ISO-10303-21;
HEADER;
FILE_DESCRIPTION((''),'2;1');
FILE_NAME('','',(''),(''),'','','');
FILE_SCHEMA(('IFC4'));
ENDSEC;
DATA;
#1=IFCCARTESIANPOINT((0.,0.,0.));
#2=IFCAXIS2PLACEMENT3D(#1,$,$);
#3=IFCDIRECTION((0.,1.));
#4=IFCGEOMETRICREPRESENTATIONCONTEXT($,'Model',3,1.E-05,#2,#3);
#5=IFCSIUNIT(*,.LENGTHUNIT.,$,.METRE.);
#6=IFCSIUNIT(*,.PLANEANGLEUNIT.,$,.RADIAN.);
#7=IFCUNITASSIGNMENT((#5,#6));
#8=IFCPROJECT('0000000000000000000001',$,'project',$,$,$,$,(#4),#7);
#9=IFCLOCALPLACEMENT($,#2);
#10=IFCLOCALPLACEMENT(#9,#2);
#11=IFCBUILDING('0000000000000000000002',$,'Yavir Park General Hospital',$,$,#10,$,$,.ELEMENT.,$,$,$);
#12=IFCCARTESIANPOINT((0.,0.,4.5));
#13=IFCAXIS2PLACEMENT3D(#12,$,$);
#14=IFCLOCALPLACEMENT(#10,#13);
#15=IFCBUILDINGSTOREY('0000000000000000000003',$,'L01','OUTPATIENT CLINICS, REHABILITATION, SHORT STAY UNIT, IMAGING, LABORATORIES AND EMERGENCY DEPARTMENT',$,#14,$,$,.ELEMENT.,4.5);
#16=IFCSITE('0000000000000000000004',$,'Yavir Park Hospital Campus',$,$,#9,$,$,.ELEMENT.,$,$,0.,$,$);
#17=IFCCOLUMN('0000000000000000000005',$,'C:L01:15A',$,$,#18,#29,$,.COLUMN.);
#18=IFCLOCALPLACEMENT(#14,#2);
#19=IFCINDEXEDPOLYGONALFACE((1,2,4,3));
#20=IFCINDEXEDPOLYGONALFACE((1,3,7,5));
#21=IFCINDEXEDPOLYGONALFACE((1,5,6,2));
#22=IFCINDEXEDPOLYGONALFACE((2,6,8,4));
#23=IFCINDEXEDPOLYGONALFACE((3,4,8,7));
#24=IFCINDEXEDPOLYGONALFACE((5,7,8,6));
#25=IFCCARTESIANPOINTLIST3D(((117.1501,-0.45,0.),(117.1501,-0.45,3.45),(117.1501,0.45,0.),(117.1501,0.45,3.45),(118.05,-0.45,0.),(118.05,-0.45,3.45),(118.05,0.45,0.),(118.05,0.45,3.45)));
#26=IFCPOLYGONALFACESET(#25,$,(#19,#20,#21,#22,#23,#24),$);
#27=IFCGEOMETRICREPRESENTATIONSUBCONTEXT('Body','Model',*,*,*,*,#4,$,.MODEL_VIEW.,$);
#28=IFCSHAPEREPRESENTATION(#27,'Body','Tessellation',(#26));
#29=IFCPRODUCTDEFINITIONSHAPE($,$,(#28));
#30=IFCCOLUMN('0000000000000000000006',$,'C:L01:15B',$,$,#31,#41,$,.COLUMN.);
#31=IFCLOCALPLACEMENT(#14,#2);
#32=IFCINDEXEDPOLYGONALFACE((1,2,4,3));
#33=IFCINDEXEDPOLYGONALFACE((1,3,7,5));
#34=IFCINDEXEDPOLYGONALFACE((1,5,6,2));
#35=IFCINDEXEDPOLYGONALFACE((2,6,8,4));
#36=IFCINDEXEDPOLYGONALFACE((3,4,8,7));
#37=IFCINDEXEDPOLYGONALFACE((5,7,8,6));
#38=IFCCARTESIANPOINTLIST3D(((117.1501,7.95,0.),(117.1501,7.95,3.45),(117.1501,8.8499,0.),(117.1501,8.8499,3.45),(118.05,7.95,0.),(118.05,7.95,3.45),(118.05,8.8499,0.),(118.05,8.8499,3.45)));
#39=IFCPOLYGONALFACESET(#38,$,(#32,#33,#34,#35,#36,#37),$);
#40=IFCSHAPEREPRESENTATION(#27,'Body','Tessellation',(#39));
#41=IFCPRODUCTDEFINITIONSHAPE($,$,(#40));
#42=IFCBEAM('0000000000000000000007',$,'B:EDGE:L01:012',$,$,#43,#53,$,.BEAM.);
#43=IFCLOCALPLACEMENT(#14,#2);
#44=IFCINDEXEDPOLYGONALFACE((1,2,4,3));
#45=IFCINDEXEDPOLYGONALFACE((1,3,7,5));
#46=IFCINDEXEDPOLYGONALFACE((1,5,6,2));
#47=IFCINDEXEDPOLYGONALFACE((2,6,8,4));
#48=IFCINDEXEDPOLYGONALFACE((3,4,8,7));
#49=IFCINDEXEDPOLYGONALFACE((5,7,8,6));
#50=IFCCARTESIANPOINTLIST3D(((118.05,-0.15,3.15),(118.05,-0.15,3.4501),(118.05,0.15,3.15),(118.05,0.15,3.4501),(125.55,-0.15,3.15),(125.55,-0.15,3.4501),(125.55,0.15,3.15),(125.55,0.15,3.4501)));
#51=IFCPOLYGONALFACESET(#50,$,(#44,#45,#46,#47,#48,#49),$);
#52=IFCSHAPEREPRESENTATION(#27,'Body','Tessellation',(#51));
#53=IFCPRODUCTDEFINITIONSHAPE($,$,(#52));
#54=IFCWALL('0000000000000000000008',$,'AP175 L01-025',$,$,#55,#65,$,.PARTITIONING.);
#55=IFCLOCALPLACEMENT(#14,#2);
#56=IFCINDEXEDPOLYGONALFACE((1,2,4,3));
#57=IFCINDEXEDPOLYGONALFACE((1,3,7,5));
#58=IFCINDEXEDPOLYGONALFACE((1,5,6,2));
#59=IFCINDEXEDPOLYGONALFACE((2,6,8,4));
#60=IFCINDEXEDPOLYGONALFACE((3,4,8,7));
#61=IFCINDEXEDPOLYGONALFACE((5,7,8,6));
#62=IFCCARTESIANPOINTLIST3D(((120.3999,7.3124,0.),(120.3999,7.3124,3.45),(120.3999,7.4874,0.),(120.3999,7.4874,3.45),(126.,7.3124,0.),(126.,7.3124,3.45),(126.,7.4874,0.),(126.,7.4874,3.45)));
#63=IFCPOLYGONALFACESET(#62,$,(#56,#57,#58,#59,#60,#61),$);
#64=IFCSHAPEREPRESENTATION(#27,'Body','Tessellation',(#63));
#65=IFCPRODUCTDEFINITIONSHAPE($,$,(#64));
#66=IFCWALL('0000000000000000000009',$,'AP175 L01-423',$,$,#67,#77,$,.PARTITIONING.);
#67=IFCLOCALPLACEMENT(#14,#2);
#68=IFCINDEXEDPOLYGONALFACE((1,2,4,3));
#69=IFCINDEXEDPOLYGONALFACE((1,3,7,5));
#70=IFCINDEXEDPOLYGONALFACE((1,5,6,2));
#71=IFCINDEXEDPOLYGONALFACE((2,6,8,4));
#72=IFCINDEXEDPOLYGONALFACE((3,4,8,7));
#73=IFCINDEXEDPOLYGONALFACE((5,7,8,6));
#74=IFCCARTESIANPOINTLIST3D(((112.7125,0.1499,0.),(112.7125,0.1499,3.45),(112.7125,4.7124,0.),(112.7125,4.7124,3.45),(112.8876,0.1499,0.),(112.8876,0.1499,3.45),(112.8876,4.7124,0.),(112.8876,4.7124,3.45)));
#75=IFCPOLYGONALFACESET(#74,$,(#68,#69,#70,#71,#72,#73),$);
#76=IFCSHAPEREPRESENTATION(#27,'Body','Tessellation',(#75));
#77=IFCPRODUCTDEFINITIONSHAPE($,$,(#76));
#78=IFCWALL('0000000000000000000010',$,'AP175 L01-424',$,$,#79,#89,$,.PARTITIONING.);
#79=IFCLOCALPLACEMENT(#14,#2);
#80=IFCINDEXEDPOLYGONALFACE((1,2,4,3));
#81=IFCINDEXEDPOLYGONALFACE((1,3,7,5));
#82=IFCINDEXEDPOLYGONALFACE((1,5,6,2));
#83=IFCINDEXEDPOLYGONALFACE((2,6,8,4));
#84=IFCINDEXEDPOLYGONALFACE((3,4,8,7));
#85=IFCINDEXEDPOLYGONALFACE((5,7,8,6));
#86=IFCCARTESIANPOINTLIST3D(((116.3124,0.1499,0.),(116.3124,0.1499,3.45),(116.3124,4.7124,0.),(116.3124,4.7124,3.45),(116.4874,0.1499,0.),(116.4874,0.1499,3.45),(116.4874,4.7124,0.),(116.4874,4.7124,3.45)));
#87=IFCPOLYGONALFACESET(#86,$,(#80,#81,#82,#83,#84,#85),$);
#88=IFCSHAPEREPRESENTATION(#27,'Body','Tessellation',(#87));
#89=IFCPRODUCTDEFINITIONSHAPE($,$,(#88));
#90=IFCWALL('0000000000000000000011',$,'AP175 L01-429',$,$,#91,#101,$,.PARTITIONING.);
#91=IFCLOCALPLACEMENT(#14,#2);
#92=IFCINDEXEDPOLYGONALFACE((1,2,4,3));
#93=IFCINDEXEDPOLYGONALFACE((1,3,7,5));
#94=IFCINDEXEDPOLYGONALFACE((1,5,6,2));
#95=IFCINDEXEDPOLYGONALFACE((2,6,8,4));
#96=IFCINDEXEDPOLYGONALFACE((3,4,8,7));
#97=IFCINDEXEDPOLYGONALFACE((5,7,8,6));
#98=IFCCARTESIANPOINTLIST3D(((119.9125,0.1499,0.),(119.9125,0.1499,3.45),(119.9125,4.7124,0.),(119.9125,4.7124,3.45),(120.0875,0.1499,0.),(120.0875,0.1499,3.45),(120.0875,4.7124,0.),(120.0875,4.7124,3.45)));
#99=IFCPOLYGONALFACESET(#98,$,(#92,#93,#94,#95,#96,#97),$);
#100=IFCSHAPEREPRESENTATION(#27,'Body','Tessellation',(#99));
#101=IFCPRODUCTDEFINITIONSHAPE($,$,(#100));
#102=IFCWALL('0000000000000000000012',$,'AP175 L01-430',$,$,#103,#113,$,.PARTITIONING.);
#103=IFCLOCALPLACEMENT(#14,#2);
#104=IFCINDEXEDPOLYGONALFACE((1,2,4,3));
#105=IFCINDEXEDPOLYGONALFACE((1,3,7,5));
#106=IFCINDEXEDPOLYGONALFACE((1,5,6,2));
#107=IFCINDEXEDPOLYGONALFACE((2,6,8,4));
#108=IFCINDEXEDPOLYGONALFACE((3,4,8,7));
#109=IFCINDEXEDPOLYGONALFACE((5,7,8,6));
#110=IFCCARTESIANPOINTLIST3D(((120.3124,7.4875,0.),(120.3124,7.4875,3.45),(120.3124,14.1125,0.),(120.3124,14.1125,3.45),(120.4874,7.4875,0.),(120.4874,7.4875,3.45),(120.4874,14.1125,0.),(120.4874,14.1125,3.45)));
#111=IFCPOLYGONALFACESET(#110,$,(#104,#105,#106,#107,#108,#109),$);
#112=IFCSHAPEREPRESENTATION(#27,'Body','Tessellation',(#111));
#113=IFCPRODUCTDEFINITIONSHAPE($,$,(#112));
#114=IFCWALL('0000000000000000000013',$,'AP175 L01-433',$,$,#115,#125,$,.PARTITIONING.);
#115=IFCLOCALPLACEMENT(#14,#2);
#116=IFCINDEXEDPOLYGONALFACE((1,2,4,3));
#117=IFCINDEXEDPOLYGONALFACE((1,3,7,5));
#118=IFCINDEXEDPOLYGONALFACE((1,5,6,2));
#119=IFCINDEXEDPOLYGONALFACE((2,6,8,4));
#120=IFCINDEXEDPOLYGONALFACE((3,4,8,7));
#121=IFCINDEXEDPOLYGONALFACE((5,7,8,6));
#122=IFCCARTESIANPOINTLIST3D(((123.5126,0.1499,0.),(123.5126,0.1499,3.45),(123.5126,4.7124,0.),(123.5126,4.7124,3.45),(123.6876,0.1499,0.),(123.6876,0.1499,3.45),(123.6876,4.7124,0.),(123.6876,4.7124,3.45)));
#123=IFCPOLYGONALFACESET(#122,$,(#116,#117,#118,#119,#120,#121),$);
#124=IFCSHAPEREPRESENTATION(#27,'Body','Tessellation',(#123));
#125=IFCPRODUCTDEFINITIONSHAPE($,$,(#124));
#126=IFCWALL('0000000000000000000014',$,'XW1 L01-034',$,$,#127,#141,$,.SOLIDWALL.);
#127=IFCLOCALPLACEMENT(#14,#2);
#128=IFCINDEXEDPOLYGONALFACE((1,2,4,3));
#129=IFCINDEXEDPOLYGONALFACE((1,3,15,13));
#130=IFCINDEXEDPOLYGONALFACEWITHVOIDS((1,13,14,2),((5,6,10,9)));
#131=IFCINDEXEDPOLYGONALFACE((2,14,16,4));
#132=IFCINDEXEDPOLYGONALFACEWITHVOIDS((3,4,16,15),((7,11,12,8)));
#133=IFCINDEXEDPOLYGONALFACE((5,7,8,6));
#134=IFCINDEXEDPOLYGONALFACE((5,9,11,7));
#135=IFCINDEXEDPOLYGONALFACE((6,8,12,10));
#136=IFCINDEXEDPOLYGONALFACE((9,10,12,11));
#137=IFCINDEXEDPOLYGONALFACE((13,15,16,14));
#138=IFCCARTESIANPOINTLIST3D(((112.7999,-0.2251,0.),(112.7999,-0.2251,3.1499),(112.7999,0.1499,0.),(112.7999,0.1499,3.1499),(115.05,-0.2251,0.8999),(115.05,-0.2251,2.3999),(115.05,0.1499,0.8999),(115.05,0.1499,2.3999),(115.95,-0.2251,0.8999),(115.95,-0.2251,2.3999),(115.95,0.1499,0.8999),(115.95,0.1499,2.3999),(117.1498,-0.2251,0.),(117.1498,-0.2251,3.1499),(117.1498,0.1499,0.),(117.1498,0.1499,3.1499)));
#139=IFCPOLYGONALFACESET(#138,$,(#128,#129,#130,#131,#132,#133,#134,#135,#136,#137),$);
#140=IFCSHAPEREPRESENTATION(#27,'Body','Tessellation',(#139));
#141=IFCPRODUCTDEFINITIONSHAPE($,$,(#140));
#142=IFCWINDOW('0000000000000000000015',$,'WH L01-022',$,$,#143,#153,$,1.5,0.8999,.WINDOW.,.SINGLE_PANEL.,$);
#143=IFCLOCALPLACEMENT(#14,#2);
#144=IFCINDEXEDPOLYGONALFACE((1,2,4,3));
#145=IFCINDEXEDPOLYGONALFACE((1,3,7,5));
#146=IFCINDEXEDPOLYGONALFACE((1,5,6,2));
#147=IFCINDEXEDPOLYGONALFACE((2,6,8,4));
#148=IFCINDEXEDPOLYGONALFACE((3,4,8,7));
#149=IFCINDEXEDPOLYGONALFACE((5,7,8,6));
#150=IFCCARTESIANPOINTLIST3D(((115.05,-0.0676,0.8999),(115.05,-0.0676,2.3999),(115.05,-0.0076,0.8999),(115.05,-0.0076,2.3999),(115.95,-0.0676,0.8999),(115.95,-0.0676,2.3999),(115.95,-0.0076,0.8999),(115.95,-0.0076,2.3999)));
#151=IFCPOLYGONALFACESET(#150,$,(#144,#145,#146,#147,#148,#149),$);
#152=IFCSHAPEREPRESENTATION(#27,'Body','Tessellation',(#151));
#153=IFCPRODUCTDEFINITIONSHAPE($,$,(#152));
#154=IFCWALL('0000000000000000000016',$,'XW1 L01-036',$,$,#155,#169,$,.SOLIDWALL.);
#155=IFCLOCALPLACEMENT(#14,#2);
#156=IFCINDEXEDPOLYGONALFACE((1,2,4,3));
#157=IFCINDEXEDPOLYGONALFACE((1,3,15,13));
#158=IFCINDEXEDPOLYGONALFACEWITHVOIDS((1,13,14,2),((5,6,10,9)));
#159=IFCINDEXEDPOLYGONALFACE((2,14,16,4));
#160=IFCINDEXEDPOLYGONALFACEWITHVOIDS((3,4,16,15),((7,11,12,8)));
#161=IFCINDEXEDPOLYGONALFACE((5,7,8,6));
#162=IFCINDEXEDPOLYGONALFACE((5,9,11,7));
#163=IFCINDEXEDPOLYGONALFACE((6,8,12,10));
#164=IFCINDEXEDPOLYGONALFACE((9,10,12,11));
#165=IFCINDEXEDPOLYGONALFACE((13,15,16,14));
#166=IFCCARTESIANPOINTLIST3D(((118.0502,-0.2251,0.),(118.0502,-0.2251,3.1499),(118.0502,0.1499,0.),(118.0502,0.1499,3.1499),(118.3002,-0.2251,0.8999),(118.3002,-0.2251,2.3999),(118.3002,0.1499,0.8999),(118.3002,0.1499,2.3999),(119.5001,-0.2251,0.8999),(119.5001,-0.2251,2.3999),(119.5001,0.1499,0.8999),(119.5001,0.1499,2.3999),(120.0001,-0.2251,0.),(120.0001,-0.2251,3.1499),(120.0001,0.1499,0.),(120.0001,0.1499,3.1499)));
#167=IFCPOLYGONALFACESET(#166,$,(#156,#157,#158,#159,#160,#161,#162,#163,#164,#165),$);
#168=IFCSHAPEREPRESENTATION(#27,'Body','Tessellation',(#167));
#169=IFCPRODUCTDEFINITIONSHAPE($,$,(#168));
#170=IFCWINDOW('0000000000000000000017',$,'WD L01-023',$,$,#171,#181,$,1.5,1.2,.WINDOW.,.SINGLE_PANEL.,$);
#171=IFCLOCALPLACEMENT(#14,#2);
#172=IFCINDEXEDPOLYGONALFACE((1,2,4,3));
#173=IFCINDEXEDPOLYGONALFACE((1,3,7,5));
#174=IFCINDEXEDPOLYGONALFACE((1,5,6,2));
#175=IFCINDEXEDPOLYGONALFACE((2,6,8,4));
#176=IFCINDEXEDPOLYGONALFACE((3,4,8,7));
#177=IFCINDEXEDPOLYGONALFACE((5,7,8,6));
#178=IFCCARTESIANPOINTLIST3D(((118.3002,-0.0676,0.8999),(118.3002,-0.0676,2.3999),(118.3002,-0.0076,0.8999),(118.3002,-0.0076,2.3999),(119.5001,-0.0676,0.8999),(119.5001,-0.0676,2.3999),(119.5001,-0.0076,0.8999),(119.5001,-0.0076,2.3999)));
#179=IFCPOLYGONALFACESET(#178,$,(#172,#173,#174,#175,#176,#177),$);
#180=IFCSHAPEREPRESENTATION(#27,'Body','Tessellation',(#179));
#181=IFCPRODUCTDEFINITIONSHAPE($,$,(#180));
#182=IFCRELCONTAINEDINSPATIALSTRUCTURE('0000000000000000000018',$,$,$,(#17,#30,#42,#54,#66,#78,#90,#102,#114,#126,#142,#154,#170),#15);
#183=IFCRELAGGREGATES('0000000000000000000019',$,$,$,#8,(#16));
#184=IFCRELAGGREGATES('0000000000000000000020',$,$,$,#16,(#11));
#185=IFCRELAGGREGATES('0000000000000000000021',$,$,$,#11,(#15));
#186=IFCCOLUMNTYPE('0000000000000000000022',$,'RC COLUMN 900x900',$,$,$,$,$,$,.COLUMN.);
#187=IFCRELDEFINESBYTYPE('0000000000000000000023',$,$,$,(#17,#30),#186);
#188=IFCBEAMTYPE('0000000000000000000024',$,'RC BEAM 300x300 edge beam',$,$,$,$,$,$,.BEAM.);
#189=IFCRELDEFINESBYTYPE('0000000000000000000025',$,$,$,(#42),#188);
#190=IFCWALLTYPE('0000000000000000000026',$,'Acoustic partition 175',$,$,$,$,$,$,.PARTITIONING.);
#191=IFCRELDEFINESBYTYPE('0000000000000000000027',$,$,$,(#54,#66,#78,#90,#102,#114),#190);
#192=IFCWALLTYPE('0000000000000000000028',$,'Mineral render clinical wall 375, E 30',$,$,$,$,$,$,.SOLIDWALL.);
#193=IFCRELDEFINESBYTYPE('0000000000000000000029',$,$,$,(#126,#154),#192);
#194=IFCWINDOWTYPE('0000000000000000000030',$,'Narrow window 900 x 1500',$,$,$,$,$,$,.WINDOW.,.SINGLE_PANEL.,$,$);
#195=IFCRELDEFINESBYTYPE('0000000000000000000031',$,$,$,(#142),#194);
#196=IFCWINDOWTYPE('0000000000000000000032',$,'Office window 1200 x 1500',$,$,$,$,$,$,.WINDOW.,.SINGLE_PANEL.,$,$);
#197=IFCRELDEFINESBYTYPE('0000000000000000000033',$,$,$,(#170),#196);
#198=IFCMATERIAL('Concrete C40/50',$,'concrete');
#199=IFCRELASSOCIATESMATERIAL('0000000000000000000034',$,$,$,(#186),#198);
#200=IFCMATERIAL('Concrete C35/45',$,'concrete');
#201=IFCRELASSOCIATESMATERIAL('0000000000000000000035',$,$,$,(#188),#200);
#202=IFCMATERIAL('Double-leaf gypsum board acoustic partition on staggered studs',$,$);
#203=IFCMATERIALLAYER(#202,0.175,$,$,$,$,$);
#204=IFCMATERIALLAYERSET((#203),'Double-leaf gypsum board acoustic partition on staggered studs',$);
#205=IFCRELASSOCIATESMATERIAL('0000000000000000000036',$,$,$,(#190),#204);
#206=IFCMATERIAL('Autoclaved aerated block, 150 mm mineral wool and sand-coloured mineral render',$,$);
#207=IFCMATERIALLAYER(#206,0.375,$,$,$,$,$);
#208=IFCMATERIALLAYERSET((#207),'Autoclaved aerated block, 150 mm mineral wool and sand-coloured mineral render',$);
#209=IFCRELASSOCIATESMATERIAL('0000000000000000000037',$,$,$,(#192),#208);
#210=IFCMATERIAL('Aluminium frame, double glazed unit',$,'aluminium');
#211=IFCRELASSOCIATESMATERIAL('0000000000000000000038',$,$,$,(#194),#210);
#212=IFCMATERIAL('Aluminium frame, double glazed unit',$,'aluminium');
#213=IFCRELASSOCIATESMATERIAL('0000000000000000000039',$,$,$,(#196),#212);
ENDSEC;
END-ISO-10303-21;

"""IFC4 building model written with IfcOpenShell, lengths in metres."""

from ifc_helpers import new_model, si_unit, direction, frame, frame_2d, origin, origin_2d, place, context, subcontext, project, spatial, rectangle, extrude, material, layer, layer_set, material_profile, profile_set, type_object, element, fill, save


model = new_model("IFC4")

# Units and contexts
model_context = context("Model", 3, precision=1e-05, world=origin(), true_north=direction((0.0, 1.0)))
body_context = subcontext(model_context, "Body", "Model", "MODEL_VIEW")
ifc_project = project(units=[si_unit("LENGTHUNIT", "METRE"), si_unit("PLANEANGLEUNIT", "RADIAN")], contexts=[model_context])

# Site, building, storey
site_placement = place(None, origin())
site = spatial("IfcSite", under=ifc_project, at=site_placement, Name="Yavir Park Hospital Campus", CompositionType="ELEMENT", RefElevation=0.0)
building_placement = place(site_placement, origin())
building = spatial("IfcBuilding", under=site, at=building_placement, Name="Yavir Park General Hospital", CompositionType="ELEMENT")
storey_placement = place(building_placement, frame((0.0, 0.0, 4.5)))
storey = spatial("IfcBuildingStorey", under=building, at=storey_placement, Name="L01", Description="OUTPATIENT CLINICS, REHABILITATION, SHORT STAY UNIT, IMAGING, LABORATORIES AND EMERGENCY DEPARTMENT", CompositionType="ELEMENT", Elevation=4.5)

# Columns
ifc_material_1 = material(Name="Concrete C40/50", Category="concrete")
ifc_material_profile_1 = material_profile(ifc_material_1, rectangle(XDim=0.8999, YDim=0.8999, at=origin_2d()), Name="RC900x900")
ifc_profile_set_1 = profile_set([ifc_material_profile_1], Name="Concrete C40/50")
column_type = type_object("IfcColumnType", Name="RC COLUMN 900x900", PredefinedType="COLUMN", material=ifc_profile_set_1)
for number, where, z_axis, x_axis, name in (
    (1, (117.6001, 0.0, 0.0), (0.0, 0.0, 1.0), (1.0, 0.0, 0.0), "C:L01:15A"),
    (2, (117.6001, 8.3999, 0.0), (0.0, 0.0, 1.0), (1.0, 0.0, 0.0), "C:L01:15B"),
):
    element("IfcColumn", number, at=place(storey_placement, frame(where, z_axis=z_axis, x_axis=x_axis)), inside=storey, type_object=column_type, Name=name, PredefinedType="COLUMN", context=body_context, shape_type="SweptSolid", body=[
        extrude(rectangle(XDim=0.8999, YDim=0.8999, at=origin_2d()), origin(), (0.0, 0.0, 1.0), 3.45),
    ])

# Beam
ifc_material_2 = material(Name="Concrete C35/45", Category="concrete")
ifc_material_profile_2 = material_profile(ifc_material_2, rectangle(XDim=0.3, YDim=0.3, at=origin_2d()), Name="RC300x300")
ifc_profile_set_2 = profile_set([ifc_material_profile_2], Name="Concrete C35/45")
beam_type = type_object("IfcBeamType", Name="RC BEAM 300x300 edge beam", PredefinedType="BEAM", material=ifc_profile_set_2)
beam_placement = place(storey_placement, frame((118.05, 0.0, 3.3), z_axis=(1.0, 0.0, 0.0), x_axis=(0.0, 1.0, 0.0)))
element("IfcBeam", 3, at=beam_placement, inside=storey, type_object=beam_type, Name="B:EDGE:L01:012", PredefinedType="BEAM", context=body_context, shape_type="SweptSolid", body=[
    extrude(rectangle(XDim=0.3, YDim=0.3, at=origin_2d()), origin(), (0.0, 0.0, 1.0), 7.5),
])

# Walls
ifc_material_3 = material(Name="Double-leaf gypsum board acoustic partition on staggered studs")
ifc_layer_1 = layer(ifc_material_3, 0.175)
ifc_layer_set_1 = layer_set([ifc_layer_1], Name="Double-leaf gypsum board acoustic partition on staggered studs")
wall_type_1 = type_object("IfcWallType", Name="Acoustic partition 175", PredefinedType="PARTITIONING", material=ifc_layer_set_1)
wall_1_placement = place(storey_placement, frame((120.3999, 7.3999, 0.0), z_axis=(0.0, 0.0, 1.0), x_axis=(1.0, 0.0, 0.0)))
element("IfcWall", 4, at=wall_1_placement, inside=storey, type_object=wall_type_1, Name="AP175 L01-025", PredefinedType="PARTITIONING", context=body_context, shape_type="SweptSolid", body=[
    extrude(rectangle(XDim=5.6001, YDim=0.175, at=frame_2d((2.8, 0.0))), origin(), (0.0, 0.0, 1.0), 3.45),
])
for number, where, z_axis, x_axis, name in (
    (5, (112.8, 0.1499, 0.0), (0.0, 0.0, 1.0), (0.0, 1.0, 0.0), "AP175 L01-423"),
    (6, (116.3999, 0.1499, 0.0), (0.0, 0.0, 1.0), (0.0, 1.0, 0.0), "AP175 L01-424"),
    (7, (120.0, 0.1499, 0.0), (0.0, 0.0, 1.0), (0.0, 1.0, 0.0), "AP175 L01-429"),
):
    element("IfcWall", number, at=place(storey_placement, frame(where, z_axis=z_axis, x_axis=x_axis)), inside=storey, type_object=wall_type_1, Name=name, PredefinedType="PARTITIONING", context=body_context, shape_type="SweptSolid", body=[
        extrude(rectangle(XDim=4.5625, YDim=0.175, at=frame_2d((2.2812, 0.0))), origin(), (0.0, 0.0, 1.0), 3.45),
    ])
wall_2_placement = place(storey_placement, frame((120.3999, 7.4875, 0.0), z_axis=(0.0, 0.0, 1.0), x_axis=(0.0, 1.0, 0.0)))
element("IfcWall", 8, at=wall_2_placement, inside=storey, type_object=wall_type_1, Name="AP175 L01-430", PredefinedType="PARTITIONING", context=body_context, shape_type="SweptSolid", body=[
    extrude(rectangle(XDim=6.625, YDim=0.175, at=frame_2d((3.3125, 0.0))), origin(), (0.0, 0.0, 1.0), 3.45),
])
wall_3_placement = place(storey_placement, frame((123.6001, 0.1499, 0.0), z_axis=(0.0, 0.0, 1.0), x_axis=(0.0, 1.0, 0.0)))
element("IfcWall", 9, at=wall_3_placement, inside=storey, type_object=wall_type_1, Name="AP175 L01-433", PredefinedType="PARTITIONING", context=body_context, shape_type="SweptSolid", body=[
    extrude(rectangle(XDim=4.5625, YDim=0.175, at=frame_2d((2.2812, 0.0))), origin(), (0.0, 0.0, 1.0), 3.45),
])

# Walls, openings, windows
ifc_material_4 = material(Name="Autoclaved aerated block, 150 mm mineral wool and sand-coloured mineral render")
ifc_layer_2 = layer(ifc_material_4, 0.375)
ifc_layer_set_2 = layer_set([ifc_layer_2], Name="Autoclaved aerated block, 150 mm mineral wool and sand-coloured mineral render")
wall_type_2 = type_object("IfcWallType", Name="Mineral render clinical wall 375, E 30", PredefinedType="SOLIDWALL", material=ifc_layer_set_2)
wall_4_placement = place(storey_placement, frame((112.8, -0.0376, 0.0), z_axis=(0.0, 0.0, 1.0), x_axis=(1.0, 0.0, 0.0)))
wall_4 = element("IfcWall", 10, at=wall_4_placement, inside=storey, type_object=wall_type_2, Name="XW1 L01-034", PredefinedType="SOLIDWALL", context=body_context, shape_type="SweptSolid", body=[
    extrude(rectangle(XDim=4.3499, YDim=0.375, at=frame_2d((2.1748, 0.0))), origin(), (0.0, 0.0, 1.0), 3.1499),
])
opening_1_placement = place(wall_4_placement, frame((2.25, 0.0, 0.8999)))
opening_1 = element("IfcOpeningElement", 11, at=opening_1_placement, cuts=wall_4, PredefinedType="OPENING", context=body_context, shape_type="SweptSolid", body=[
    extrude(rectangle(XDim=0.8999, YDim=1.5, at=frame_2d((0.45, 0.75))), frame((0.0, 0.1975, 0.0), z_axis=(0.0, -1.0, 0.0), x_axis=(1.0, 0.0, 0.0)), (0.0, 0.0, 1.0), 0.395),
])
ifc_material_5 = material(Name="Aluminium frame, double glazed unit", Category="aluminium")
window_type_1 = type_object("IfcWindowType", Name="Narrow window 900 x 1500", PartitioningType="SINGLE_PANEL", PredefinedType="WINDOW", material=ifc_material_5)
window_1_placement = place(opening_1_placement, origin())
window_1 = element("IfcWindow", 12, at=window_1_placement, inside=storey, type_object=window_type_1, Name="WH L01-022", OverallHeight=1.5, OverallWidth=0.8999, PartitioningType="SINGLE_PANEL", PredefinedType="WINDOW", context=body_context, shape_type="SweptSolid", body=[
    extrude(rectangle(XDim=0.8999, YDim=1.5, at=frame_2d((0.45, 0.75))), frame((0.0, 0.03, 0.0), z_axis=(0.0, -1.0, 0.0), x_axis=(1.0, 0.0, 0.0)), (0.0, 0.0, 1.0), 0.0601),
])
fill(opening_1, window_1)
wall_5_placement = place(storey_placement, frame((118.05, -0.0376, 0.0), z_axis=(0.0, 0.0, 1.0), x_axis=(1.0, 0.0, 0.0)))
wall_5 = element("IfcWall", 13, at=wall_5_placement, inside=storey, type_object=wall_type_2, Name="XW1 L01-036", PredefinedType="SOLIDWALL", context=body_context, shape_type="SweptSolid", body=[
    extrude(rectangle(XDim=1.95, YDim=0.375, at=frame_2d((0.9751, 0.0))), origin(), (0.0, 0.0, 1.0), 3.1499),
])
opening_2_placement = place(wall_5_placement, frame((0.25, 0.0, 0.8999)))
opening_2 = element("IfcOpeningElement", 14, at=opening_2_placement, cuts=wall_5, PredefinedType="OPENING", context=body_context, shape_type="SweptSolid", body=[
    extrude(rectangle(XDim=1.2, YDim=1.5, at=frame_2d((0.6001, 0.75))), frame((0.0, 0.1975, 0.0), z_axis=(0.0, -1.0, 0.0), x_axis=(1.0, 0.0, 0.0)), (0.0, 0.0, 1.0), 0.395),
])
ifc_material_6 = material(Name="Aluminium frame, double glazed unit", Category="aluminium")
window_type_2 = type_object("IfcWindowType", Name="Office window 1200 x 1500", PartitioningType="SINGLE_PANEL", PredefinedType="WINDOW", material=ifc_material_6)
window_2_placement = place(opening_2_placement, origin())
window_2 = element("IfcWindow", 15, at=window_2_placement, inside=storey, type_object=window_type_2, Name="WD L01-023", OverallHeight=1.5, OverallWidth=1.2, PartitioningType="SINGLE_PANEL", PredefinedType="WINDOW", context=body_context, shape_type="SweptSolid", body=[
    extrude(rectangle(XDim=1.2, YDim=1.5, at=frame_2d((0.6001, 0.75))), frame((0.0, 0.03, 0.0), z_axis=(0.0, -1.0, 0.0), x_axis=(1.0, 0.0, 0.0)), (0.0, 0.0, 1.0), 0.0601),
])
fill(opening_2, window_2)

save(model, "model.ifc")
